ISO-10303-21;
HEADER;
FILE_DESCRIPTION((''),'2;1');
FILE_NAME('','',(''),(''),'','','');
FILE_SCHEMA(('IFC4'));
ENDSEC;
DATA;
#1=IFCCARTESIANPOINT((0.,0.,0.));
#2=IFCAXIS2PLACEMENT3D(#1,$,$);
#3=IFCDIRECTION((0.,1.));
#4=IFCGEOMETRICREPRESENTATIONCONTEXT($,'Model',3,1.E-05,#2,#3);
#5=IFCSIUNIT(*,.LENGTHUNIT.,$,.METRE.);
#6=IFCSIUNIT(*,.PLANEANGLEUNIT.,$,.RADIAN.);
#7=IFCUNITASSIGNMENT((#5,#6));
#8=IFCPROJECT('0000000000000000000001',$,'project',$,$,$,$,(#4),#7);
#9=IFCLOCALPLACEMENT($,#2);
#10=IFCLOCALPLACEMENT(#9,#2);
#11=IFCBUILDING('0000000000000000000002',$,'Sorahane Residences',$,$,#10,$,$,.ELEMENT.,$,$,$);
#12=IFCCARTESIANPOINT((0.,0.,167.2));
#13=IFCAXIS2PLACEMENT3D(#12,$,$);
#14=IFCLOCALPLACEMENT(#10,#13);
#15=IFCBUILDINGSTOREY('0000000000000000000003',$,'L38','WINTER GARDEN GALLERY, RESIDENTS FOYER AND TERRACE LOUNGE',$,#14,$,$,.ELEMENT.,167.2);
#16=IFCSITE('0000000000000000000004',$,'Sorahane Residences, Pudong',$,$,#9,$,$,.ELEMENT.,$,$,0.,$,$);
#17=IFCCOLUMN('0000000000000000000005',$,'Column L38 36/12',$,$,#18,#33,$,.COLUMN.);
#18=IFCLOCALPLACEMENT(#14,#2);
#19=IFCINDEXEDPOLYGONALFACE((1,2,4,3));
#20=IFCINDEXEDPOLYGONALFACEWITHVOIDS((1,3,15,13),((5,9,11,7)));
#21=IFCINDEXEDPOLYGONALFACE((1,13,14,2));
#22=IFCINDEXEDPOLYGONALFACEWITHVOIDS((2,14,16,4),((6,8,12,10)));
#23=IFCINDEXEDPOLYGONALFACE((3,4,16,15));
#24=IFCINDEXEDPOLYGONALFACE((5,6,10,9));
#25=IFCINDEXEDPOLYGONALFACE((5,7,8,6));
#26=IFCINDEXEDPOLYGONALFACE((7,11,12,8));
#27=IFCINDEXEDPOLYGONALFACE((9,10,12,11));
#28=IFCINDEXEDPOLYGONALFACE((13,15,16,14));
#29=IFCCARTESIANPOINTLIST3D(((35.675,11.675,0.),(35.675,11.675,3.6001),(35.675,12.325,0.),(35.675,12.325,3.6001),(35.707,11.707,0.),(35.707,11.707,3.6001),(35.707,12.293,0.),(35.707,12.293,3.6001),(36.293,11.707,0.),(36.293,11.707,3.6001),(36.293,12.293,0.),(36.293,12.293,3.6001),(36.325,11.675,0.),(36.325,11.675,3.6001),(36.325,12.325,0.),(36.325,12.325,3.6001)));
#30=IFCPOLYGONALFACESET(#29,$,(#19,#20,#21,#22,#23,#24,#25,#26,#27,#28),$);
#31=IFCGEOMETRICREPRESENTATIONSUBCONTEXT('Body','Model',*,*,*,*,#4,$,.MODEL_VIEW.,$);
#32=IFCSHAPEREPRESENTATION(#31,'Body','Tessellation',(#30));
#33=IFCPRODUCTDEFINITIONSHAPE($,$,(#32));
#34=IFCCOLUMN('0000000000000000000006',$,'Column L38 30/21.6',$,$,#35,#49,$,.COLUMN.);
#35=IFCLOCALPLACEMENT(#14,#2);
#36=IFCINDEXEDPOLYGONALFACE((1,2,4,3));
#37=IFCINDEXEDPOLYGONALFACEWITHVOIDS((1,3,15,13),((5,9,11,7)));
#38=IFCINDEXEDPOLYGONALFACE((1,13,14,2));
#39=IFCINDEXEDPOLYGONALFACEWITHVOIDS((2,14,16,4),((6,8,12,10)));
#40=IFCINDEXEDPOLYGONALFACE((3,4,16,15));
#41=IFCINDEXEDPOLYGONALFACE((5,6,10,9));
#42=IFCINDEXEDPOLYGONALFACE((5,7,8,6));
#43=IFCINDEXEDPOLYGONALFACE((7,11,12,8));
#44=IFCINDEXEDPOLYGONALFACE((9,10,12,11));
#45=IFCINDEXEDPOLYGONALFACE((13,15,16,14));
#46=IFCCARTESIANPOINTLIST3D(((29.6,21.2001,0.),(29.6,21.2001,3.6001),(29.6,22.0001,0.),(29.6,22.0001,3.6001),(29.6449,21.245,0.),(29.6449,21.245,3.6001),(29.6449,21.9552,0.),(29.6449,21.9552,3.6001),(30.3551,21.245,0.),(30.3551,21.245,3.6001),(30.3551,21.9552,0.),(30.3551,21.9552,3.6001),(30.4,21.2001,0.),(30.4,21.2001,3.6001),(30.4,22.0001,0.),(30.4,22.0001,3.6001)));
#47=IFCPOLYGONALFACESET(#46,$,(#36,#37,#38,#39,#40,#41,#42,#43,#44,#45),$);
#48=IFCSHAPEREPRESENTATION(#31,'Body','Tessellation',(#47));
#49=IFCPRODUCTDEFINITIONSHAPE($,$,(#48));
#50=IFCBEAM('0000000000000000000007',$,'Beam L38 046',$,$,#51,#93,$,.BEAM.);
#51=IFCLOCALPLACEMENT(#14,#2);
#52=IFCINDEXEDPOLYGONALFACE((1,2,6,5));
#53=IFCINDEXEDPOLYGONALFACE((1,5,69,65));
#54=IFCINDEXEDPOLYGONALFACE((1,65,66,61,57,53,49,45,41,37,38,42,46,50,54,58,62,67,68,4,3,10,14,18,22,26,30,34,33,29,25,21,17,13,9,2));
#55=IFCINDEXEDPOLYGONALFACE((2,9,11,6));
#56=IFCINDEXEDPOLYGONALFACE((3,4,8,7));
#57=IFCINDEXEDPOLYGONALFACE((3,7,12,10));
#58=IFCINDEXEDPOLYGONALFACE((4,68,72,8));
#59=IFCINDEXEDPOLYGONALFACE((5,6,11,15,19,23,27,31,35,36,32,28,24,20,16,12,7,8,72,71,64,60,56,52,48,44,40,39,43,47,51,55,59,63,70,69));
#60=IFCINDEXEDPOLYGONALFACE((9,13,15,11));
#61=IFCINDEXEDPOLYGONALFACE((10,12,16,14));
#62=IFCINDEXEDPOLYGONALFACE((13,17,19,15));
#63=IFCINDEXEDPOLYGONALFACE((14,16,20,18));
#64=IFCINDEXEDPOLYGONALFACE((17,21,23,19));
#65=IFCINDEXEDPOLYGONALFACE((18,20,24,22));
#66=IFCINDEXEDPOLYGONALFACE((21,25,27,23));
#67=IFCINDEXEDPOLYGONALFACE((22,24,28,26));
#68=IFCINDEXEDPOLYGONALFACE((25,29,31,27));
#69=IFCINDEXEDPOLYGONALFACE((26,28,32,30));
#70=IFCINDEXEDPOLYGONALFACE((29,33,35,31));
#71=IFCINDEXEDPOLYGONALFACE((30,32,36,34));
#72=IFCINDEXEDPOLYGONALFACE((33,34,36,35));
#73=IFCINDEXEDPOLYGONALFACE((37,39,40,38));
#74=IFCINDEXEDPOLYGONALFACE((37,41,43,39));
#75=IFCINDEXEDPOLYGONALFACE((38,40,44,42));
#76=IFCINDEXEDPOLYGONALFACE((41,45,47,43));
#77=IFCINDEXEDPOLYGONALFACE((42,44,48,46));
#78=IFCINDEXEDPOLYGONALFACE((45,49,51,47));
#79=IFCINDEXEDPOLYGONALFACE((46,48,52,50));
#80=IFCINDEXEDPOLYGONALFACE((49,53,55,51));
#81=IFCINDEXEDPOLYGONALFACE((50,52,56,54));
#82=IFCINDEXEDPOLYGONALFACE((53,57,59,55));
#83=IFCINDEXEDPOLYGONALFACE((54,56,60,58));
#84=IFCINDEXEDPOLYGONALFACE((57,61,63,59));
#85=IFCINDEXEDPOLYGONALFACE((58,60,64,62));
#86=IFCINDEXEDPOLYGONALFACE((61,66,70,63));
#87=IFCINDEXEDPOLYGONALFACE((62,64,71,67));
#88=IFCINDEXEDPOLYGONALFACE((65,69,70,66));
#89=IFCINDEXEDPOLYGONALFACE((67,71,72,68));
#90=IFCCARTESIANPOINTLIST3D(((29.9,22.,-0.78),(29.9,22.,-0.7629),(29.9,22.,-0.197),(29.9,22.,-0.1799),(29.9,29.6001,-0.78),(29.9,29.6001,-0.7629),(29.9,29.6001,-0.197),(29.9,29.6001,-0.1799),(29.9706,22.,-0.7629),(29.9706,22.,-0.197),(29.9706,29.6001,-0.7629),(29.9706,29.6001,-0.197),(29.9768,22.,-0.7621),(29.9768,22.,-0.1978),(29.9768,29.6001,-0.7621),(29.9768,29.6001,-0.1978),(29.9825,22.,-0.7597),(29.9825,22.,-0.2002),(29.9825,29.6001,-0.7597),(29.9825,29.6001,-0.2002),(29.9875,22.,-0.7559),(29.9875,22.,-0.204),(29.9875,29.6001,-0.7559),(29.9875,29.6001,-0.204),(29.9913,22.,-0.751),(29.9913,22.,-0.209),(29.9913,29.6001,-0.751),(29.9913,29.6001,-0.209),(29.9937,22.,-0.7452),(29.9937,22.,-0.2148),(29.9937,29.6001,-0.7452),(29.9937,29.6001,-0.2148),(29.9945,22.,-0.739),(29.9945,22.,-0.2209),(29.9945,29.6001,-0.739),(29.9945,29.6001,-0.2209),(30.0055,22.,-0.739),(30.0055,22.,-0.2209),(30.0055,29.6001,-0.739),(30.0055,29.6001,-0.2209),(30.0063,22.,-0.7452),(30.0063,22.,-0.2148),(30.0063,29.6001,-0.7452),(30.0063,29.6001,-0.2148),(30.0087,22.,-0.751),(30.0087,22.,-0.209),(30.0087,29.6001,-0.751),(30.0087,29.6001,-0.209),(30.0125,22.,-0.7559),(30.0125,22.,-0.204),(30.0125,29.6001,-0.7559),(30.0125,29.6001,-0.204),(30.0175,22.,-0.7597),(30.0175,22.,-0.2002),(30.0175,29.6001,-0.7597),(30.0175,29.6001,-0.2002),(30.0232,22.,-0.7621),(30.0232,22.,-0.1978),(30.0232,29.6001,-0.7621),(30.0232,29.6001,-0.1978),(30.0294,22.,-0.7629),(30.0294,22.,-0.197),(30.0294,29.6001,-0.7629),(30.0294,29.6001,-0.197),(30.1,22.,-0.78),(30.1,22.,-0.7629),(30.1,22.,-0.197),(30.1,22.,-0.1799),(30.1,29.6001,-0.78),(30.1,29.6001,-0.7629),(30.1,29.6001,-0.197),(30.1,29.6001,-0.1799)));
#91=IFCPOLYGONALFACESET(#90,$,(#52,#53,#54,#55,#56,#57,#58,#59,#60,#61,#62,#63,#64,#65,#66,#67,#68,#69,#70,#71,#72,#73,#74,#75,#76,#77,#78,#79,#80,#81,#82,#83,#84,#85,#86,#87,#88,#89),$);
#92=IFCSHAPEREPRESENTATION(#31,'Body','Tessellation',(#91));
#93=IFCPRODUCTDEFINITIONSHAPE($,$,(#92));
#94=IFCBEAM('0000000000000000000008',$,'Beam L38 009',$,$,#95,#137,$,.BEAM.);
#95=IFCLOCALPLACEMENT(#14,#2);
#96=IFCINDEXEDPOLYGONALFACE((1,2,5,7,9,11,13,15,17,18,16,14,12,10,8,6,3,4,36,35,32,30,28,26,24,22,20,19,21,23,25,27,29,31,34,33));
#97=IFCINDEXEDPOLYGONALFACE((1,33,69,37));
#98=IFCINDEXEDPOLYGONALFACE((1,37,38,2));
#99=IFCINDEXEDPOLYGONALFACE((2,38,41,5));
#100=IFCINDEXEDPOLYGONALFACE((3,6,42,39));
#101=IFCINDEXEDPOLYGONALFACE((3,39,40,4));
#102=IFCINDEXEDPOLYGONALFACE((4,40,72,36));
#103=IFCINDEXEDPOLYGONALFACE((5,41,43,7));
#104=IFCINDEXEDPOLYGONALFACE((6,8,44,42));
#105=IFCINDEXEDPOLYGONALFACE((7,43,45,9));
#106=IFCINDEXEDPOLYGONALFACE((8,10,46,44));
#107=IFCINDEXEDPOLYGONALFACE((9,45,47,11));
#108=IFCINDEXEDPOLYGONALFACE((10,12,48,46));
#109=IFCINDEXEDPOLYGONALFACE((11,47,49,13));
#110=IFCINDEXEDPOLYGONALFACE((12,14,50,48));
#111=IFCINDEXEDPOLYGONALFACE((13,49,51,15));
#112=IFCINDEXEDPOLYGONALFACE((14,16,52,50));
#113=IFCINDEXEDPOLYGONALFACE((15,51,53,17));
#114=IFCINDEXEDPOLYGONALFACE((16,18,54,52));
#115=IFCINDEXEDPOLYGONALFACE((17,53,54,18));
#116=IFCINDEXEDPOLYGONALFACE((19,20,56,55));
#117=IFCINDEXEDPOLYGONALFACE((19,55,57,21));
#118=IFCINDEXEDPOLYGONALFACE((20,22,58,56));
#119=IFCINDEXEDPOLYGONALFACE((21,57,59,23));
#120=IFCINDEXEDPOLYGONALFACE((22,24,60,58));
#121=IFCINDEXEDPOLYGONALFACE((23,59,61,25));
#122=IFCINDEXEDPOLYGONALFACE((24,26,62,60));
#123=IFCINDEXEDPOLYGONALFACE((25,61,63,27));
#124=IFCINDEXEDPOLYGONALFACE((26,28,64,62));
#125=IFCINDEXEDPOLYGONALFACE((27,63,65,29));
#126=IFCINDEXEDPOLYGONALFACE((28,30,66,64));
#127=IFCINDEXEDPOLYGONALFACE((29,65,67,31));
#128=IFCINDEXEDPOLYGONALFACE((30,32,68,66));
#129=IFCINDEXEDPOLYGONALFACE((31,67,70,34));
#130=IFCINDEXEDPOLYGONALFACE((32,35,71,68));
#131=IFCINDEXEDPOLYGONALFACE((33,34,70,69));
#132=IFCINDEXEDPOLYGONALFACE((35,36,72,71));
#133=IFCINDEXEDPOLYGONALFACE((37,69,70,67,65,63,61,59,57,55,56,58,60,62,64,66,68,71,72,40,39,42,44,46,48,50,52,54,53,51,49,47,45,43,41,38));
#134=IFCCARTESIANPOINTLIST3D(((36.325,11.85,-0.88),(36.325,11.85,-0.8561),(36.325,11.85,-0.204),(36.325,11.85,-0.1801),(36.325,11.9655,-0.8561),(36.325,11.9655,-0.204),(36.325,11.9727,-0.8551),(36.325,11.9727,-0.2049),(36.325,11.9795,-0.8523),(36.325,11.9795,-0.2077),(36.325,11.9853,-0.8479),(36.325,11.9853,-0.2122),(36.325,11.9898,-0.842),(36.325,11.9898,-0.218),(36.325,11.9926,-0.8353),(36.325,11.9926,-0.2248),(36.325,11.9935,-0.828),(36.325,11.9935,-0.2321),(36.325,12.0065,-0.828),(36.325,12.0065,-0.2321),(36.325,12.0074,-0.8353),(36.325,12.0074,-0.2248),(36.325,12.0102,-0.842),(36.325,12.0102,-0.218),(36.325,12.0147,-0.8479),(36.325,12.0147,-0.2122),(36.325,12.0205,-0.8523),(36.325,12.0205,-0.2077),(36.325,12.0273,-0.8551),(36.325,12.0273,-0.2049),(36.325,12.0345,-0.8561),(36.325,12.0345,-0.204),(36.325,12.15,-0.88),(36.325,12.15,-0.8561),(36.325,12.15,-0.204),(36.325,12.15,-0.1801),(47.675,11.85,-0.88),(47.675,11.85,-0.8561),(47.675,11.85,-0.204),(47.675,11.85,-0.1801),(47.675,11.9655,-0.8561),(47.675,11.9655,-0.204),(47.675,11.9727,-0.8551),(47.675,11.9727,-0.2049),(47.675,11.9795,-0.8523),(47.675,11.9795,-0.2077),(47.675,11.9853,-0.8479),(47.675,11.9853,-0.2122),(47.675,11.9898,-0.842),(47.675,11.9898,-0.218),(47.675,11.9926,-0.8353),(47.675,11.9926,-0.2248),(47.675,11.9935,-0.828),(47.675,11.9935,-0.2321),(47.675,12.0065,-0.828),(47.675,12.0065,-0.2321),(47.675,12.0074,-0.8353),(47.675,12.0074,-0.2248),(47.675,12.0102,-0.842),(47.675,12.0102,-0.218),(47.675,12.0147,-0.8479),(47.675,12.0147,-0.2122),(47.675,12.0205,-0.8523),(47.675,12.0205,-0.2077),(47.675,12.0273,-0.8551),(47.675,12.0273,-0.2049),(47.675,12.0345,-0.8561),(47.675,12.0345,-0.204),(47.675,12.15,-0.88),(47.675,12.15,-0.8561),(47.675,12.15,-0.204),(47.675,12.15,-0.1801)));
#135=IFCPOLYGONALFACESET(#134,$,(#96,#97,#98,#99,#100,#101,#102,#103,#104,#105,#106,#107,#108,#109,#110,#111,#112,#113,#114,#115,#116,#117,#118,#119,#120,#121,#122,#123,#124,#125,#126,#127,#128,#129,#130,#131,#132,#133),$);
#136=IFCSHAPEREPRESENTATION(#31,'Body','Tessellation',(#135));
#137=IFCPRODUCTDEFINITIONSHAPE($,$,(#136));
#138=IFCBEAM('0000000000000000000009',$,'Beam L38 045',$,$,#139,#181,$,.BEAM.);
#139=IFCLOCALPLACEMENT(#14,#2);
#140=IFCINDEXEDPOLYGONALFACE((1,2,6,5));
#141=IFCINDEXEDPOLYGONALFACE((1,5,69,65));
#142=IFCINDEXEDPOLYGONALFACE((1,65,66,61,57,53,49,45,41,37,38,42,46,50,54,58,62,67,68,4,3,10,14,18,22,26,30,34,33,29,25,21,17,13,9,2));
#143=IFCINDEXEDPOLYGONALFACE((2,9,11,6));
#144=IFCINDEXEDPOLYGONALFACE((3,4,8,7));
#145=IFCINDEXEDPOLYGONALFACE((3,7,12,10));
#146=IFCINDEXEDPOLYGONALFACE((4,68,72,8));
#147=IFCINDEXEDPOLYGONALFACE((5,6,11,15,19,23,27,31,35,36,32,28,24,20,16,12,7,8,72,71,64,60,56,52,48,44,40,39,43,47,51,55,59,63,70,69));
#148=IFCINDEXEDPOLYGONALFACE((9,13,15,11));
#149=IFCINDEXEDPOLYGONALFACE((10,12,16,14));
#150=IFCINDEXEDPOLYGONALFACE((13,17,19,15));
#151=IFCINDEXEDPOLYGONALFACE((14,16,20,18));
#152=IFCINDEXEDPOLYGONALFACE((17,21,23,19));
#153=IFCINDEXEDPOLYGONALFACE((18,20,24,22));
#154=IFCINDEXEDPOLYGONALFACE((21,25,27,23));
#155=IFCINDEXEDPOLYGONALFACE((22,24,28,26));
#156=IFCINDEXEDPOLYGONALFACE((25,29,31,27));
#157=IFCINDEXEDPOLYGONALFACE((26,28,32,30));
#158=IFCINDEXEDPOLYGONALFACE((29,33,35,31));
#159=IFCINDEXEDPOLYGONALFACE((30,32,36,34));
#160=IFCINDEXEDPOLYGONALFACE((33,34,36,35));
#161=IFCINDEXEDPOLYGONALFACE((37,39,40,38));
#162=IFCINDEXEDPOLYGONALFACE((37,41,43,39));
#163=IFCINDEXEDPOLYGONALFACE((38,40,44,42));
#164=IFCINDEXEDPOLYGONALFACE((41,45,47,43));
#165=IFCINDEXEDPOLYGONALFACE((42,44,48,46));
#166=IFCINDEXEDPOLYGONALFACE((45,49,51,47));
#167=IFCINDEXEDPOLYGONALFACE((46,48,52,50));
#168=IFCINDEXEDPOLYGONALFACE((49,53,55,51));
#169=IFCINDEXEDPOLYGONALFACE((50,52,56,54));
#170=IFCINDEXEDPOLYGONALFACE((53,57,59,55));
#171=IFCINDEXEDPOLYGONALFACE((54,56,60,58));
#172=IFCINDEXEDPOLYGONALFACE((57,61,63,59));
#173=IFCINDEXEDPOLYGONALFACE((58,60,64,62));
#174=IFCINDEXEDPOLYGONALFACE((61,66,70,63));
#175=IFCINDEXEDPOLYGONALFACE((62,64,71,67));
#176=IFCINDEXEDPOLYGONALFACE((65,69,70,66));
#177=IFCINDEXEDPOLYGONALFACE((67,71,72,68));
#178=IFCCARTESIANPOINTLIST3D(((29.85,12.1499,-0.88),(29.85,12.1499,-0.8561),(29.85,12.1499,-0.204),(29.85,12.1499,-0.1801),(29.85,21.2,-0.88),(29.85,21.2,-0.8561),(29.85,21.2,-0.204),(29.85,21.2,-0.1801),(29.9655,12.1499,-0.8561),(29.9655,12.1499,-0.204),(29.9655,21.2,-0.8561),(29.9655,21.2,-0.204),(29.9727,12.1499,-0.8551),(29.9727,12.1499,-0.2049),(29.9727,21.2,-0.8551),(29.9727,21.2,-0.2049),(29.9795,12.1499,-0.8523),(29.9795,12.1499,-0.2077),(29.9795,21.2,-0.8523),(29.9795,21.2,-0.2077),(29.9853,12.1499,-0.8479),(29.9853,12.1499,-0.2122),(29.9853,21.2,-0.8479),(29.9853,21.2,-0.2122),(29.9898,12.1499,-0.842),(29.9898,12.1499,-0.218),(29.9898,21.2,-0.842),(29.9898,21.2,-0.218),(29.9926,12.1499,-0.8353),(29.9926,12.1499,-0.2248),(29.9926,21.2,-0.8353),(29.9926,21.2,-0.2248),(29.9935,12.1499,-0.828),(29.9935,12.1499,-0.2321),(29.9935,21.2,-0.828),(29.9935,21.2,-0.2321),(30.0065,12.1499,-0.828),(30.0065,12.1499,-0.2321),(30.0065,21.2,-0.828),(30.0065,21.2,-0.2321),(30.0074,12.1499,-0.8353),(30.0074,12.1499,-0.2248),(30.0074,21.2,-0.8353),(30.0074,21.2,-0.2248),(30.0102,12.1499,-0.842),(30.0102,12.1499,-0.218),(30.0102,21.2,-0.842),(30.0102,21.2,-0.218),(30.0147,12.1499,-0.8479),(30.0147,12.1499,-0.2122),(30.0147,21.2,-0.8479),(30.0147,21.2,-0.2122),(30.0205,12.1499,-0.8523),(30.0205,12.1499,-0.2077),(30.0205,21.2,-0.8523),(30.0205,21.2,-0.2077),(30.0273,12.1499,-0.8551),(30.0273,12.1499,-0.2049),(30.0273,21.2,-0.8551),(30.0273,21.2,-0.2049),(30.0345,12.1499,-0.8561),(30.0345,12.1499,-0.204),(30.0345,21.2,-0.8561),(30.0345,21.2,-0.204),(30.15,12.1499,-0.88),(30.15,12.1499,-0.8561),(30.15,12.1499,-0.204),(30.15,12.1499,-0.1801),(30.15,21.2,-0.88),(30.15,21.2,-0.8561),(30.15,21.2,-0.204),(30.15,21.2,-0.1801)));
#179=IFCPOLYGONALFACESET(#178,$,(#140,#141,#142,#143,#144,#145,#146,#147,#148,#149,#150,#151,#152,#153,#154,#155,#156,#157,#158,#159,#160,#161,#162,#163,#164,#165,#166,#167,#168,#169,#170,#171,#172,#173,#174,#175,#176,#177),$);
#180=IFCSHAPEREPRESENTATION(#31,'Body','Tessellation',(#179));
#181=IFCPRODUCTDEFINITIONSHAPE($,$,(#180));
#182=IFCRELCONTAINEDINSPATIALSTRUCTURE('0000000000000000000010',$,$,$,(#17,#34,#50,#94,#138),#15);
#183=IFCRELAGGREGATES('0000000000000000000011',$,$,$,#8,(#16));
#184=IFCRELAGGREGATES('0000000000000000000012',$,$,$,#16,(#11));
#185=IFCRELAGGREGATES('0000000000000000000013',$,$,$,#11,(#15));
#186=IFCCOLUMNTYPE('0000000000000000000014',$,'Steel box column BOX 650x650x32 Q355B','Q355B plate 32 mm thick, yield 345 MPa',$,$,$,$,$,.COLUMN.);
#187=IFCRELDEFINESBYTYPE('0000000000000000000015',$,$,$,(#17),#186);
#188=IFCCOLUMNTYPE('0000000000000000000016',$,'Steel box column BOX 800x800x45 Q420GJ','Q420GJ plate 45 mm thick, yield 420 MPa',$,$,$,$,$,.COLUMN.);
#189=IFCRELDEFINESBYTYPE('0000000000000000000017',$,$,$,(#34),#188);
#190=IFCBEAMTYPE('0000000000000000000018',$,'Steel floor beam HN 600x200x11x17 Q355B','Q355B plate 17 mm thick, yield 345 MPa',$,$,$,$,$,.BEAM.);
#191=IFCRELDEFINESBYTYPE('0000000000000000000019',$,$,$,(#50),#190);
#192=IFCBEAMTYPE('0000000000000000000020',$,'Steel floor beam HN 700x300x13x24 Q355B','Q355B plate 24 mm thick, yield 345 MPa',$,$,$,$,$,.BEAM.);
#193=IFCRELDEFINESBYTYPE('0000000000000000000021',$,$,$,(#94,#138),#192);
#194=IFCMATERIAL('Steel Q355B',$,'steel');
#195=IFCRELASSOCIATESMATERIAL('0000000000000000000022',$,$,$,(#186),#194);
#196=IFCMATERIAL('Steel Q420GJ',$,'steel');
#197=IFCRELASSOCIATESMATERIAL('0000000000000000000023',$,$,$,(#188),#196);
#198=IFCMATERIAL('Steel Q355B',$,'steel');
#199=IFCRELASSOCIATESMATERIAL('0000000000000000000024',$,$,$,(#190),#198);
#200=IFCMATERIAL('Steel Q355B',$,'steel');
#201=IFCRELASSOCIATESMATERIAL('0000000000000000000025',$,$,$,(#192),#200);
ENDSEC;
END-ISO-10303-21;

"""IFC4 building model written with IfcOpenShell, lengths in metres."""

from ifc_helpers import new_model, si_unit, direction, frame, origin, origin_2d, place, context, subcontext, project, spatial, hollow_rectangle, i_section, extrude, material, material_profile, profile_set, type_object, element, save


model = new_model("IFC4")

# Units and contexts
model_context = context("Model", 3, precision=1e-05, world=origin(), true_north=direction((0.0, 1.0)))
body_context = subcontext(model_context, "Body", "Model", "MODEL_VIEW")
ifc_project = project(units=[si_unit("LENGTHUNIT", "METRE"), si_unit("PLANEANGLEUNIT", "RADIAN")], contexts=[model_context])

# Site, building, storey
site_placement = place(None, origin())
site = spatial("IfcSite", under=ifc_project, at=site_placement, Name="Sorahane Residences, Pudong", CompositionType="ELEMENT", RefElevation=0.0)
building_placement = place(site_placement, origin())
building = spatial("IfcBuilding", under=site, at=building_placement, Name="Sorahane Residences", CompositionType="ELEMENT")
storey_placement = place(building_placement, frame((0.0, 0.0, 167.2)))
storey = spatial("IfcBuildingStorey", under=building, at=storey_placement, Name="L38", Description="WINTER GARDEN GALLERY, RESIDENTS FOYER AND TERRACE LOUNGE", CompositionType="ELEMENT", Elevation=167.2)

# Columns
ifc_material_1 = material(Name="Steel Q355B", Category="steel")
ifc_material_profile_1 = material_profile(ifc_material_1, hollow_rectangle(XDim=0.6499, YDim=0.6499, WallThickness=0.032, at=origin_2d()), Name="BOX 650x650x32")
ifc_profile_set_1 = profile_set([ifc_material_profile_1], Name="Steel Q355B")
column_type_1 = type_object("IfcColumnType", Name="Steel box column BOX 650x650x32 Q355B", Description="Q355B plate 32 mm thick, yield 345 MPa", PredefinedType="COLUMN", material=ifc_profile_set_1)
column_1_placement = place(storey_placement, frame((36.0, 12.0, 0.0), z_axis=(0.0, 0.0, 1.0), x_axis=(1.0, 0.0, 0.0)))
element("IfcColumn", 1, at=column_1_placement, inside=storey, type_object=column_type_1, Name="Column L38 36/12", PredefinedType="COLUMN", context=body_context, shape_type="SweptSolid", body=[
    extrude(hollow_rectangle(XDim=0.6499, YDim=0.6499, WallThickness=0.032, at=origin_2d()), origin(), (0.0, 0.0, 1.0), 3.6001),
])
ifc_material_2 = material(Name="Steel Q420GJ", Category="steel")
ifc_material_profile_2 = material_profile(ifc_material_2, hollow_rectangle(XDim=0.8, YDim=0.8, WallThickness=0.0449, at=origin_2d()), Name="BOX 800x800x45")
ifc_profile_set_2 = profile_set([ifc_material_profile_2], Name="Steel Q420GJ")
column_type_2 = type_object("IfcColumnType", Name="Steel box column BOX 800x800x45 Q420GJ", Description="Q420GJ plate 45 mm thick, yield 420 MPa", PredefinedType="COLUMN", material=ifc_profile_set_2)
column_2_placement = place(storey_placement, frame((30.0, 21.6001, 0.0), z_axis=(0.0, 0.0, 1.0), x_axis=(1.0, 0.0, 0.0)))
element("IfcColumn", 2, at=column_2_placement, inside=storey, type_object=column_type_2, Name="Column L38 30/21.6", PredefinedType="COLUMN", context=body_context, shape_type="SweptSolid", body=[
    extrude(hollow_rectangle(XDim=0.8, YDim=0.8, WallThickness=0.0449, at=origin_2d()), origin(), (0.0, 0.0, 1.0), 3.6001),
])

# Beams
ifc_material_3 = material(Name="Steel Q355B", Category="steel")
ifc_material_profile_3 = material_profile(ifc_material_3, i_section(OverallWidth=0.2, OverallDepth=0.6001, WebThickness=0.011, FlangeThickness=0.0171, FilletRadius=0.0239, at=origin_2d()), Name="HN 600x200x11x17")
ifc_profile_set_3 = profile_set([ifc_material_profile_3], Name="Steel Q355B")
beam_type_1 = type_object("IfcBeamType", Name="Steel floor beam HN 600x200x11x17 Q355B", Description="Q355B plate 17 mm thick, yield 345 MPa", PredefinedType="BEAM", material=ifc_profile_set_3)
beam_1_placement = place(storey_placement, frame((30.0, 22.0, -0.48), z_axis=(0.0, 1.0, 0.0), x_axis=(-1.0, 0.0, 0.0)))
element("IfcBeam", 3, at=beam_1_placement, inside=storey, type_object=beam_type_1, Name="Beam L38 046", PredefinedType="BEAM", context=body_context, shape_type="SweptSolid", body=[
    extrude(i_section(OverallWidth=0.2, OverallDepth=0.6001, WebThickness=0.011, FlangeThickness=0.0171, FilletRadius=0.0239, at=origin_2d()), origin(), (0.0, 0.0, 1.0), 7.6001),
])
ifc_material_4 = material(Name="Steel Q355B", Category="steel")
ifc_material_profile_4 = material_profile(ifc_material_4, i_section(OverallWidth=0.3, OverallDepth=0.7, WebThickness=0.0129, FlangeThickness=0.0239, FilletRadius=0.0281, at=origin_2d()), Name="HN 700x300x13x24")
ifc_profile_set_4 = profile_set([ifc_material_profile_4], Name="Steel Q355B")
beam_type_2 = type_object("IfcBeamType", Name="Steel floor beam HN 700x300x13x24 Q355B", Description="Q355B plate 24 mm thick, yield 345 MPa", PredefinedType="BEAM", material=ifc_profile_set_4)
beam_2_placement = place(storey_placement, frame((36.325, 12.0, -0.53), z_axis=(1.0, 0.0, 0.0), x_axis=(0.0, 1.0, 0.0)))
element("IfcBeam", 4, at=beam_2_placement, inside=storey, type_object=beam_type_2, Name="Beam L38 009", PredefinedType="BEAM", context=body_context, shape_type="SweptSolid", body=[
    extrude(i_section(OverallWidth=0.3, OverallDepth=0.7, WebThickness=0.0129, FlangeThickness=0.0239, FilletRadius=0.0281, at=origin_2d()), origin(), (0.0, 0.0, 1.0), 11.3501),
])
beam_3_placement = place(storey_placement, frame((30.0, 12.1499, -0.53), z_axis=(0.0, 1.0, 0.0), x_axis=(-1.0, 0.0, 0.0)))
element("IfcBeam", 5, at=beam_3_placement, inside=storey, type_object=beam_type_2, Name="Beam L38 045", PredefinedType="BEAM", context=body_context, shape_type="SweptSolid", body=[
    extrude(i_section(OverallWidth=0.3, OverallDepth=0.7, WebThickness=0.0129, FlangeThickness=0.0239, FilletRadius=0.0281, at=origin_2d()), origin(), (0.0, 0.0, 1.0), 9.05),
])

save(model, "model.ifc")
